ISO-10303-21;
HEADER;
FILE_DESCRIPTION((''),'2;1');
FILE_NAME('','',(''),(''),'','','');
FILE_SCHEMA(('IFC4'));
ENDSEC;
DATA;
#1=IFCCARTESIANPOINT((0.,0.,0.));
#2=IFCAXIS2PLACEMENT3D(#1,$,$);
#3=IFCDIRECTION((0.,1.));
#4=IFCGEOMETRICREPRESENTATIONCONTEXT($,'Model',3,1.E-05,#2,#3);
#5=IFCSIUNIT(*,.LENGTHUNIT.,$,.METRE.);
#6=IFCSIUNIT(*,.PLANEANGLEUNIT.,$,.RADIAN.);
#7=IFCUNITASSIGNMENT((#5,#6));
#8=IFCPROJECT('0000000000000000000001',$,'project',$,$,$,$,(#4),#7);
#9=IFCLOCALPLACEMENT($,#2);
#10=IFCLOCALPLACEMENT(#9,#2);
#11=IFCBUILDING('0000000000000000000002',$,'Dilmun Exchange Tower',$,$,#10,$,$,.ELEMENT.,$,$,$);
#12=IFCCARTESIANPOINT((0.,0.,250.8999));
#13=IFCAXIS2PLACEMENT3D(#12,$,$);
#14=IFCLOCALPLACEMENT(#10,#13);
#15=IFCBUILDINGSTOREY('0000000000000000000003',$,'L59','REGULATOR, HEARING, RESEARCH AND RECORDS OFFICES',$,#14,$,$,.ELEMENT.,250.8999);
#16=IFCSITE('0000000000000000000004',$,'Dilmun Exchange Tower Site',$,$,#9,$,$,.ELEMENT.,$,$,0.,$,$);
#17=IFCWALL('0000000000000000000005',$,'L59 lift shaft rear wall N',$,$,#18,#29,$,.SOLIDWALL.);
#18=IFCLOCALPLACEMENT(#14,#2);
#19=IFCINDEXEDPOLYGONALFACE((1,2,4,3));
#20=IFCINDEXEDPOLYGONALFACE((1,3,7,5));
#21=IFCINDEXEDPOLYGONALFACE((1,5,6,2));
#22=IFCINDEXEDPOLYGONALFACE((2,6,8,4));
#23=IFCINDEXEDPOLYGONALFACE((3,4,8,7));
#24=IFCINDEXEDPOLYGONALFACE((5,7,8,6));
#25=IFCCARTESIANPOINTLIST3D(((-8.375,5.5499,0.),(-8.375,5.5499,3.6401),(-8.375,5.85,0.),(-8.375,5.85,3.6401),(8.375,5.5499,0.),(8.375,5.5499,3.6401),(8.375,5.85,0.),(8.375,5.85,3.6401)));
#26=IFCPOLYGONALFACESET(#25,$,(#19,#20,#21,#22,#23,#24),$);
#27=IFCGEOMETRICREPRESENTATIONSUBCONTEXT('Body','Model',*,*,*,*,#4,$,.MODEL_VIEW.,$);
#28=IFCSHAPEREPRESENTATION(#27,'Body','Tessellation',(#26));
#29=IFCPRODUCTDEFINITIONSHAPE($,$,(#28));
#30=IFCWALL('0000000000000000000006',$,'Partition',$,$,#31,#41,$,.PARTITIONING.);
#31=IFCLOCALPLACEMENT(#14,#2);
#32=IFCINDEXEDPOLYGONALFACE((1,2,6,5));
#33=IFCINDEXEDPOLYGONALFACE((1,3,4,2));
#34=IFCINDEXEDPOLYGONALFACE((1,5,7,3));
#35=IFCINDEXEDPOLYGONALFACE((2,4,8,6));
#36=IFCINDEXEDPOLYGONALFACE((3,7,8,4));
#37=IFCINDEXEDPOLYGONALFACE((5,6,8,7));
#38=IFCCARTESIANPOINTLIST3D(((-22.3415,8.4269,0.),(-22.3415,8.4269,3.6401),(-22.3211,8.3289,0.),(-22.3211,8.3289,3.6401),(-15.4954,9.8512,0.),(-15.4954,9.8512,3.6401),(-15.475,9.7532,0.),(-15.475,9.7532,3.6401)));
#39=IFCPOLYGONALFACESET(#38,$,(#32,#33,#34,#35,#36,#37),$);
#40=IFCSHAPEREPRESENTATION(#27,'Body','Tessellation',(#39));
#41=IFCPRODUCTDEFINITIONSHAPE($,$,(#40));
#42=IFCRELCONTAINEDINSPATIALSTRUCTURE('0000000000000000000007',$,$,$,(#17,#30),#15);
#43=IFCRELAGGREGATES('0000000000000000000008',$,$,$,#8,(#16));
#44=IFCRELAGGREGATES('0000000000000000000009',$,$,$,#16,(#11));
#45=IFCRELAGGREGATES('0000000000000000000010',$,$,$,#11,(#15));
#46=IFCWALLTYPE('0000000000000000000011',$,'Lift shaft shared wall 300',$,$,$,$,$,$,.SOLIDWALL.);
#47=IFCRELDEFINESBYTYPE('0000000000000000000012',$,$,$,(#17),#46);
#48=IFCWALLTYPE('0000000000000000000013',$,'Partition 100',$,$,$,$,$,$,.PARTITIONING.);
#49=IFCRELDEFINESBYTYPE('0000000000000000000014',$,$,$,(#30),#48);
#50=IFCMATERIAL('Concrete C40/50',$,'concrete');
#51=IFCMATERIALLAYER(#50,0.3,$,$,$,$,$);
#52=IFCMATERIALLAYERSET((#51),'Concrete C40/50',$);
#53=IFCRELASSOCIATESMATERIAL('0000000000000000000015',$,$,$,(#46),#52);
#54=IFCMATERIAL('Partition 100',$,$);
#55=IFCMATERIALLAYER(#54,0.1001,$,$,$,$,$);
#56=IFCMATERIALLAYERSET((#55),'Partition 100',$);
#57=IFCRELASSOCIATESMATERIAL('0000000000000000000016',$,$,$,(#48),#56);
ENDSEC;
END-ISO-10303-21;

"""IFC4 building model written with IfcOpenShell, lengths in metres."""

from ifc_helpers import new_model, si_unit, direction, frame, frame_2d, origin, place, context, subcontext, project, spatial, rectangle, extrude, material, layer, layer_set, type_object, element, save


model = new_model("IFC4")

# Units and contexts
model_context = context("Model", 3, precision=1e-05, world=origin(), true_north=direction((0.0, 1.0)))
body_context = subcontext(model_context, "Body", "Model", "MODEL_VIEW")
ifc_project = project(units=[si_unit("LENGTHUNIT", "METRE"), si_unit("PLANEANGLEUNIT", "RADIAN")], contexts=[model_context])

# Site, building, storey
site_placement = place(None, origin())
site = spatial("IfcSite", under=ifc_project, at=site_placement, Name="Dilmun Exchange Tower Site", CompositionType="ELEMENT", RefElevation=0.0)
building_placement = place(site_placement, origin())
building = spatial("IfcBuilding", under=site, at=building_placement, Name="Dilmun Exchange Tower", CompositionType="ELEMENT")
storey_placement = place(building_placement, frame((0.0, 0.0, 250.8999)))
storey = spatial("IfcBuildingStorey", under=building, at=storey_placement, Name="L59", Description="REGULATOR, HEARING, RESEARCH AND RECORDS OFFICES", CompositionType="ELEMENT", Elevation=250.8999)

# Shared definitions
ifc_material_1 = material(Name="Concrete C40/50", Category="concrete")

# Walls
ifc_layer_1 = layer(ifc_material_1, 0.3)
ifc_layer_set_1 = layer_set([ifc_layer_1], Name="Concrete C40/50")
wall_type_1 = type_object("IfcWallType", Name="Lift shaft shared wall 300", PredefinedType="SOLIDWALL", material=ifc_layer_set_1)
wall_1_placement = place(storey_placement, frame((-8.375, 5.7, 0.0), z_axis=(0.0, 0.0, 1.0), x_axis=(1.0, 0.0, 0.0)))
element("IfcWall", 1, at=wall_1_placement, inside=storey, type_object=wall_type_1, Name="L59 lift shaft rear wall N", PredefinedType="SOLIDWALL", context=body_context, shape_type="SweptSolid", body=[
    extrude(rectangle(XDim=16.75, YDim=0.3, at=frame_2d((8.375, 0.0))), origin(), (0.0, 0.0, 1.0), 3.6401),
])
ifc_material_2 = material(Name="Partition 100")
ifc_layer_2 = layer(ifc_material_2, 0.1001)
ifc_layer_set_2 = layer_set([ifc_layer_2], Name="Partition 100")
wall_type_2 = type_object("IfcWallType", Name="Partition 100", PredefinedType="PARTITIONING", material=ifc_layer_set_2)
wall_2_placement = place(storey_placement, frame((-22.3313, 8.3779, 0.0), z_axis=(0.0, 0.0, 1.0), x_axis=(0.979037, 0.203684, 0.0)))
element("IfcWall", 2, at=wall_2_placement, inside=storey, type_object=wall_type_2, Name="Partition", PredefinedType="PARTITIONING", context=body_context, shape_type="SweptSolid", body=[
    extrude(rectangle(XDim=6.9927, YDim=0.1001, at=frame_2d((3.4963, 0.0))), origin(), (0.0, 0.0, 1.0), 3.6401),
])

save(model, "model.ifc")
